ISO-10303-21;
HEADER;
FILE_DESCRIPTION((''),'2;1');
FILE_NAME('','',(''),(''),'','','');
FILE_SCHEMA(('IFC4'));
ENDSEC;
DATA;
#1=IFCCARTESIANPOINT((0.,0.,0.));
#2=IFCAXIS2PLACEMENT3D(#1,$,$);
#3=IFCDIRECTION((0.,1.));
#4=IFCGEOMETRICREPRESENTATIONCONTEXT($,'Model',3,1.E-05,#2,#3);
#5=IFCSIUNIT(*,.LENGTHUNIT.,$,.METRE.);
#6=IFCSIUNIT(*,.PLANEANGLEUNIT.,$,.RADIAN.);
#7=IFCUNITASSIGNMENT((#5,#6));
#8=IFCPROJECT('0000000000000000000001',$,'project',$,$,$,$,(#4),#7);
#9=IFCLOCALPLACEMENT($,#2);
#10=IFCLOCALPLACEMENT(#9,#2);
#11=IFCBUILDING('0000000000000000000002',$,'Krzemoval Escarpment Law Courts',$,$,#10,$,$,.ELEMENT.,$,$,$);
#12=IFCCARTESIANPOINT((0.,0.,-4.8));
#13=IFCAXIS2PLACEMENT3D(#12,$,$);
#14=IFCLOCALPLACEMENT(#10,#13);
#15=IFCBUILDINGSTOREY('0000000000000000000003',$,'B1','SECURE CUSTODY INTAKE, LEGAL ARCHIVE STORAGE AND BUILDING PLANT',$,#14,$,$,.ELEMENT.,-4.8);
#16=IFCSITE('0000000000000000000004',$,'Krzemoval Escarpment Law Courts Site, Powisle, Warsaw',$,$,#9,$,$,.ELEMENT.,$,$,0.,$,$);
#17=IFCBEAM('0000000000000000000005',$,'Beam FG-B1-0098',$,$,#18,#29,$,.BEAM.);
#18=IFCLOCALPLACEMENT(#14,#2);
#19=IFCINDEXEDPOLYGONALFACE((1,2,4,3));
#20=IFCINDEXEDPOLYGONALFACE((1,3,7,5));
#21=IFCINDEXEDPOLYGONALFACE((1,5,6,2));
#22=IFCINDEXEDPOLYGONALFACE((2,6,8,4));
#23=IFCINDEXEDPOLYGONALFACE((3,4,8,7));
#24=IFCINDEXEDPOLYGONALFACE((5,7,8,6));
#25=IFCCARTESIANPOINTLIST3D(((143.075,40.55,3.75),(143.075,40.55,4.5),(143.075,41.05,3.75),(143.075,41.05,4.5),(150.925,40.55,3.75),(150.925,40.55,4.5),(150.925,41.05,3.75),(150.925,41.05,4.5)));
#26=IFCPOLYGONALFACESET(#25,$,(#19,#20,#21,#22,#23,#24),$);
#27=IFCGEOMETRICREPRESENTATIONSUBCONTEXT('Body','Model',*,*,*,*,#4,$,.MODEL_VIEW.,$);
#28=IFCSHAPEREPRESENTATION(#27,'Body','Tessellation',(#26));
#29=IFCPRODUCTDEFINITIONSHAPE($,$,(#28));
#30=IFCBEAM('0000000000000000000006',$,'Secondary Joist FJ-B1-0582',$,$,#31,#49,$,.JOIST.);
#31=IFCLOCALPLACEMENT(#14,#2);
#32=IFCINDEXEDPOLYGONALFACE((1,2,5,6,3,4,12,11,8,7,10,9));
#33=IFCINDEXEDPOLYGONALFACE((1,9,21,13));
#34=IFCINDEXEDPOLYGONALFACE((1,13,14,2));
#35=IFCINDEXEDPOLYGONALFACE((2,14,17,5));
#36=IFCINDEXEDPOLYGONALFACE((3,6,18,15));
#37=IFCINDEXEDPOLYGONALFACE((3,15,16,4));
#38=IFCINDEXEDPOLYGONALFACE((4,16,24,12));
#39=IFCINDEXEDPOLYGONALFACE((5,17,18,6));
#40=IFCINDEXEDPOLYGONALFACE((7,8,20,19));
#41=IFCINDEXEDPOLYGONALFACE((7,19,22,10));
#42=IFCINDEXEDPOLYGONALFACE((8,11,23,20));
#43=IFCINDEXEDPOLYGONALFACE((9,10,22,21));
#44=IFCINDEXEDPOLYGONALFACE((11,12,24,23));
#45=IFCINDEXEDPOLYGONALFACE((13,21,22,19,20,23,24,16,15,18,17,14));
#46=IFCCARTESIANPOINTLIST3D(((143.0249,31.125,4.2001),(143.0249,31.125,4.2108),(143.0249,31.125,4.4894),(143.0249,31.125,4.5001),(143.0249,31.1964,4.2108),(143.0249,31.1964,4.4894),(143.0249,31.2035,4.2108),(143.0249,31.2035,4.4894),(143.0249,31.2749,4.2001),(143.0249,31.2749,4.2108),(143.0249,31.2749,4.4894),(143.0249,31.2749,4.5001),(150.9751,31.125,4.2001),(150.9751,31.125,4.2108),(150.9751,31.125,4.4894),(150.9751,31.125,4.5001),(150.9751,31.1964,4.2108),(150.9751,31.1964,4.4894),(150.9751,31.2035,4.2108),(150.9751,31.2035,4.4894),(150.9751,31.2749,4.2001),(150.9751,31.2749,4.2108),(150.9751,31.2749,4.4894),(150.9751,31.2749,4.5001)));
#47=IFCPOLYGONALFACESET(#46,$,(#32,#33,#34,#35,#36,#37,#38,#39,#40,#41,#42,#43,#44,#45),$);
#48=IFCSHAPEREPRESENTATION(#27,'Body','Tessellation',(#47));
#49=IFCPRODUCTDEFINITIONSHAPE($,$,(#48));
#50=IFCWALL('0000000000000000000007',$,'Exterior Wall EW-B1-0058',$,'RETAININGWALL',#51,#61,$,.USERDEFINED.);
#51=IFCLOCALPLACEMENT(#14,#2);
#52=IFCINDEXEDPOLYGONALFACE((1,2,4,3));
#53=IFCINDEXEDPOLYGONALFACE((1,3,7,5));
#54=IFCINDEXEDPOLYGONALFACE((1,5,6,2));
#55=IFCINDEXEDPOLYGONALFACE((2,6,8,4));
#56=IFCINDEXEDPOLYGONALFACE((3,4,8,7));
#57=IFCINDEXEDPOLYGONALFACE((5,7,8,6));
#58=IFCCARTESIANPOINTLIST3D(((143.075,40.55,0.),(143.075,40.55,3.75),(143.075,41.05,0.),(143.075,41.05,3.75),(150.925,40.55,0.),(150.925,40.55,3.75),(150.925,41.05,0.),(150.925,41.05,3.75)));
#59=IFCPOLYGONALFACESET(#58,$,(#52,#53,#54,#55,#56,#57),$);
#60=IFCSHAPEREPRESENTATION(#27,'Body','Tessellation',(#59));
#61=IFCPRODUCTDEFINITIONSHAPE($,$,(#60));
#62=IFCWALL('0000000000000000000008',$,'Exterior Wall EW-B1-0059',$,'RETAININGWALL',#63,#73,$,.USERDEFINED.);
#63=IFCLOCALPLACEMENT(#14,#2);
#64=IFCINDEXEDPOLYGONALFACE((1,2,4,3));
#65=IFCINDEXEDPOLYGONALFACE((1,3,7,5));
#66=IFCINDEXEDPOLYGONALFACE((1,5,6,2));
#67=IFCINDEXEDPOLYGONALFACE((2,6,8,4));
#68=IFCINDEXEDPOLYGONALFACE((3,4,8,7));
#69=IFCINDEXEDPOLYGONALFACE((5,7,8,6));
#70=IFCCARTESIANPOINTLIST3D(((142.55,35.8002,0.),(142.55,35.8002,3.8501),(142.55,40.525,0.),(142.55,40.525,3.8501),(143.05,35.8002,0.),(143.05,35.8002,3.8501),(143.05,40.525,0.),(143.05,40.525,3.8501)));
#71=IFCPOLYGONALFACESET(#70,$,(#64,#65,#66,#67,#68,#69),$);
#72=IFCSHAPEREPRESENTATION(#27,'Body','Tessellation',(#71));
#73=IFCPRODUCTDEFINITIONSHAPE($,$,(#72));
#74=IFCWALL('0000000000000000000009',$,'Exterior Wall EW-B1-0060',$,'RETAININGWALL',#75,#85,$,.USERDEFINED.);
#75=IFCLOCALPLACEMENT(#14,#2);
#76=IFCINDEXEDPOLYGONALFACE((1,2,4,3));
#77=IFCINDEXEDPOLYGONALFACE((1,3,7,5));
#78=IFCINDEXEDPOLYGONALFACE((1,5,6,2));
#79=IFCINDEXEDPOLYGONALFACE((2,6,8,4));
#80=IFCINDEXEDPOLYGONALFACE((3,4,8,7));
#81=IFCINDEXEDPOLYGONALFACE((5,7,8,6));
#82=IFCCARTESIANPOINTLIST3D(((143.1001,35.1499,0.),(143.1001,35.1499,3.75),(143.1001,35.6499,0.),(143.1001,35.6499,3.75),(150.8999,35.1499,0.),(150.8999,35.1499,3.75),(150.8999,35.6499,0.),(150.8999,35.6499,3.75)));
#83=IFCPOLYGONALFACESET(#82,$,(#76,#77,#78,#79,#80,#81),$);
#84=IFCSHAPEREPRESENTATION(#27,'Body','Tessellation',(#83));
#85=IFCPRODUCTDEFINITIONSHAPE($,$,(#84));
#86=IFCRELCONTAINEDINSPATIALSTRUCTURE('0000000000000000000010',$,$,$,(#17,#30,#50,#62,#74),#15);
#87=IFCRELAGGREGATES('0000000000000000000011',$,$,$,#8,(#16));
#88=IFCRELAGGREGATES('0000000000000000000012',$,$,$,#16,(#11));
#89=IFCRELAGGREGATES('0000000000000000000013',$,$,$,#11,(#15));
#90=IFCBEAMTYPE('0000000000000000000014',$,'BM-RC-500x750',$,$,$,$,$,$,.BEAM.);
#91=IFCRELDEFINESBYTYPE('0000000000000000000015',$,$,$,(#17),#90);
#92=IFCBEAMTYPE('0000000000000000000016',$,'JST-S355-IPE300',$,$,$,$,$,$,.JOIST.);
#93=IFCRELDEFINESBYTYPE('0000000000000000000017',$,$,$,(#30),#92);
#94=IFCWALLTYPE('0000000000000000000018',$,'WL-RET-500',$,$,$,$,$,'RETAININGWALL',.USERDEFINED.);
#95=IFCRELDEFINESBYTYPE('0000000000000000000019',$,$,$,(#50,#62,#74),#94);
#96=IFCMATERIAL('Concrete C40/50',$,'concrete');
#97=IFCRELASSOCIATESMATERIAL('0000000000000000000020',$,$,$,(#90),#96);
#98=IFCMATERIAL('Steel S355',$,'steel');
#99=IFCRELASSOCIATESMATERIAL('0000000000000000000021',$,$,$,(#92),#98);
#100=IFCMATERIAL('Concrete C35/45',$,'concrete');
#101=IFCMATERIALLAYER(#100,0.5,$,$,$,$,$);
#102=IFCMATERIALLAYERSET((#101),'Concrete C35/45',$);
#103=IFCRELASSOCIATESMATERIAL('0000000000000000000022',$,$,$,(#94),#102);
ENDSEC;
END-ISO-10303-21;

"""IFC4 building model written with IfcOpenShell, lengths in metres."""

from ifc_helpers import new_model, si_unit, direction, frame, frame_2d, origin, origin_2d, place, context, subcontext, project, spatial, rectangle, i_section, extrude, material, layer, layer_set, material_profile, profile_set, type_object, element, save


model = new_model("IFC4")

# Units and contexts
model_context = context("Model", 3, precision=1e-05, world=origin(), true_north=direction((0.0, 1.0)))
body_context = subcontext(model_context, "Body", "Model", "MODEL_VIEW")
ifc_project = project(units=[si_unit("LENGTHUNIT", "METRE"), si_unit("PLANEANGLEUNIT", "RADIAN")], contexts=[model_context])

# Site, building, storey
site_placement = place(None, origin())
site = spatial("IfcSite", under=ifc_project, at=site_placement, Name="Krzemoval Escarpment Law Courts Site, Powisle, Warsaw", CompositionType="ELEMENT", RefElevation=0.0)
building_placement = place(site_placement, origin())
building = spatial("IfcBuilding", under=site, at=building_placement, Name="Krzemoval Escarpment Law Courts", CompositionType="ELEMENT")
storey_placement = place(building_placement, frame((0.0, 0.0, -4.8)))
storey = spatial("IfcBuildingStorey", under=building, at=storey_placement, Name="B1", Description="SECURE CUSTODY INTAKE, LEGAL ARCHIVE STORAGE AND BUILDING PLANT", CompositionType="ELEMENT", Elevation=-4.8)

# Beams
ifc_material_1 = material(Name="Concrete C40/50", Category="concrete")
ifc_material_profile_1 = material_profile(ifc_material_1, rectangle(XDim=0.5, YDim=0.75, at=origin_2d()), Name="RCB 500x750")
ifc_profile_set_1 = profile_set([ifc_material_profile_1], Name="Concrete C40/50")
beam_type_1 = type_object("IfcBeamType", Name="BM-RC-500x750", PredefinedType="BEAM", material=ifc_profile_set_1)
beam_1_placement = place(storey_placement, frame((143.075, 40.8, 4.125), z_axis=(1.0, 0.0, 0.0), x_axis=(0.0, 1.0, 0.0)))
element("IfcBeam", 1, at=beam_1_placement, inside=storey, type_object=beam_type_1, Name="Beam FG-B1-0098", PredefinedType="BEAM", context=body_context, shape_type="SweptSolid", body=[
    extrude(rectangle(XDim=0.5, YDim=0.75, at=origin_2d()), origin(), (0.0, 0.0, 1.0), 7.8501),
])
ifc_material_2 = material(Name="Steel S355", Category="steel")
ifc_material_profile_2 = material_profile(ifc_material_2, i_section(OverallWidth=0.1499, OverallDepth=0.3, WebThickness=0.0071, FlangeThickness=0.0107, at=origin_2d()), Name="IPE 300")
ifc_profile_set_2 = profile_set([ifc_material_profile_2], Name="Steel S355")
beam_type_2 = type_object("IfcBeamType", Name="JST-S355-IPE300", PredefinedType="JOIST", material=ifc_profile_set_2)
beam_2_placement = place(storey_placement, frame((143.0249, 31.2, 4.3501), z_axis=(1.0, 0.0, 0.0), x_axis=(0.0, 1.0, 0.0)))
element("IfcBeam", 2, at=beam_2_placement, inside=storey, type_object=beam_type_2, Name="Secondary Joist FJ-B1-0582", PredefinedType="JOIST", context=body_context, shape_type="SweptSolid", body=[
    extrude(i_section(OverallWidth=0.1499, OverallDepth=0.3, WebThickness=0.0071, FlangeThickness=0.0107, at=origin_2d()), origin(), (0.0, 0.0, 1.0), 7.9502),
])

# Walls
ifc_material_3 = material(Name="Concrete C35/45", Category="concrete")
ifc_layer = layer(ifc_material_3, 0.5)
ifc_layer_set = layer_set([ifc_layer], Name="Concrete C35/45")
wall_type = type_object("IfcWallType", Name="WL-RET-500", ElementType="RETAININGWALL", PredefinedType="USERDEFINED", material=ifc_layer_set)
wall_1_placement = place(storey_placement, frame((150.925, 40.8, 0.0), z_axis=(0.0, 0.0, 1.0), x_axis=(-1.0, 0.0, 0.0)))
element("IfcWall", 3, at=wall_1_placement, inside=storey, type_object=wall_type, Name="Exterior Wall EW-B1-0058", ObjectType="RETAININGWALL", PredefinedType="USERDEFINED", context=body_context, shape_type="SweptSolid", body=[
    extrude(rectangle(XDim=7.8501, YDim=0.5, at=frame_2d((3.925, 0.0))), origin(), (0.0, 0.0, 1.0), 3.75),
])
wall_2_placement = place(storey_placement, frame((142.8, 40.5249, 0.0), z_axis=(0.0, 0.0, 1.0), x_axis=(0.0, -1.0, 0.0)))
element("IfcWall", 4, at=wall_2_placement, inside=storey, type_object=wall_type, Name="Exterior Wall EW-B1-0059", ObjectType="RETAININGWALL", PredefinedType="USERDEFINED", context=body_context, shape_type="SweptSolid", body=[
    extrude(rectangle(XDim=4.7249, YDim=0.5, at=frame_2d((2.3623, 0.0))), origin(), (0.0, 0.0, 1.0), 3.8501),
])
wall_3_placement = place(storey_placement, frame((143.1001, 35.3999, 0.0), z_axis=(0.0, 0.0, 1.0), x_axis=(1.0, 0.0, 0.0)))
element("IfcWall", 5, at=wall_3_placement, inside=storey, type_object=wall_type, Name="Exterior Wall EW-B1-0060", ObjectType="RETAININGWALL", PredefinedType="USERDEFINED", context=body_context, shape_type="SweptSolid", body=[
    extrude(rectangle(XDim=7.7998, YDim=0.5, at=frame_2d((3.8999, 0.0))), origin(), (0.0, 0.0, 1.0), 3.75),
])

save(model, "model.ifc")
